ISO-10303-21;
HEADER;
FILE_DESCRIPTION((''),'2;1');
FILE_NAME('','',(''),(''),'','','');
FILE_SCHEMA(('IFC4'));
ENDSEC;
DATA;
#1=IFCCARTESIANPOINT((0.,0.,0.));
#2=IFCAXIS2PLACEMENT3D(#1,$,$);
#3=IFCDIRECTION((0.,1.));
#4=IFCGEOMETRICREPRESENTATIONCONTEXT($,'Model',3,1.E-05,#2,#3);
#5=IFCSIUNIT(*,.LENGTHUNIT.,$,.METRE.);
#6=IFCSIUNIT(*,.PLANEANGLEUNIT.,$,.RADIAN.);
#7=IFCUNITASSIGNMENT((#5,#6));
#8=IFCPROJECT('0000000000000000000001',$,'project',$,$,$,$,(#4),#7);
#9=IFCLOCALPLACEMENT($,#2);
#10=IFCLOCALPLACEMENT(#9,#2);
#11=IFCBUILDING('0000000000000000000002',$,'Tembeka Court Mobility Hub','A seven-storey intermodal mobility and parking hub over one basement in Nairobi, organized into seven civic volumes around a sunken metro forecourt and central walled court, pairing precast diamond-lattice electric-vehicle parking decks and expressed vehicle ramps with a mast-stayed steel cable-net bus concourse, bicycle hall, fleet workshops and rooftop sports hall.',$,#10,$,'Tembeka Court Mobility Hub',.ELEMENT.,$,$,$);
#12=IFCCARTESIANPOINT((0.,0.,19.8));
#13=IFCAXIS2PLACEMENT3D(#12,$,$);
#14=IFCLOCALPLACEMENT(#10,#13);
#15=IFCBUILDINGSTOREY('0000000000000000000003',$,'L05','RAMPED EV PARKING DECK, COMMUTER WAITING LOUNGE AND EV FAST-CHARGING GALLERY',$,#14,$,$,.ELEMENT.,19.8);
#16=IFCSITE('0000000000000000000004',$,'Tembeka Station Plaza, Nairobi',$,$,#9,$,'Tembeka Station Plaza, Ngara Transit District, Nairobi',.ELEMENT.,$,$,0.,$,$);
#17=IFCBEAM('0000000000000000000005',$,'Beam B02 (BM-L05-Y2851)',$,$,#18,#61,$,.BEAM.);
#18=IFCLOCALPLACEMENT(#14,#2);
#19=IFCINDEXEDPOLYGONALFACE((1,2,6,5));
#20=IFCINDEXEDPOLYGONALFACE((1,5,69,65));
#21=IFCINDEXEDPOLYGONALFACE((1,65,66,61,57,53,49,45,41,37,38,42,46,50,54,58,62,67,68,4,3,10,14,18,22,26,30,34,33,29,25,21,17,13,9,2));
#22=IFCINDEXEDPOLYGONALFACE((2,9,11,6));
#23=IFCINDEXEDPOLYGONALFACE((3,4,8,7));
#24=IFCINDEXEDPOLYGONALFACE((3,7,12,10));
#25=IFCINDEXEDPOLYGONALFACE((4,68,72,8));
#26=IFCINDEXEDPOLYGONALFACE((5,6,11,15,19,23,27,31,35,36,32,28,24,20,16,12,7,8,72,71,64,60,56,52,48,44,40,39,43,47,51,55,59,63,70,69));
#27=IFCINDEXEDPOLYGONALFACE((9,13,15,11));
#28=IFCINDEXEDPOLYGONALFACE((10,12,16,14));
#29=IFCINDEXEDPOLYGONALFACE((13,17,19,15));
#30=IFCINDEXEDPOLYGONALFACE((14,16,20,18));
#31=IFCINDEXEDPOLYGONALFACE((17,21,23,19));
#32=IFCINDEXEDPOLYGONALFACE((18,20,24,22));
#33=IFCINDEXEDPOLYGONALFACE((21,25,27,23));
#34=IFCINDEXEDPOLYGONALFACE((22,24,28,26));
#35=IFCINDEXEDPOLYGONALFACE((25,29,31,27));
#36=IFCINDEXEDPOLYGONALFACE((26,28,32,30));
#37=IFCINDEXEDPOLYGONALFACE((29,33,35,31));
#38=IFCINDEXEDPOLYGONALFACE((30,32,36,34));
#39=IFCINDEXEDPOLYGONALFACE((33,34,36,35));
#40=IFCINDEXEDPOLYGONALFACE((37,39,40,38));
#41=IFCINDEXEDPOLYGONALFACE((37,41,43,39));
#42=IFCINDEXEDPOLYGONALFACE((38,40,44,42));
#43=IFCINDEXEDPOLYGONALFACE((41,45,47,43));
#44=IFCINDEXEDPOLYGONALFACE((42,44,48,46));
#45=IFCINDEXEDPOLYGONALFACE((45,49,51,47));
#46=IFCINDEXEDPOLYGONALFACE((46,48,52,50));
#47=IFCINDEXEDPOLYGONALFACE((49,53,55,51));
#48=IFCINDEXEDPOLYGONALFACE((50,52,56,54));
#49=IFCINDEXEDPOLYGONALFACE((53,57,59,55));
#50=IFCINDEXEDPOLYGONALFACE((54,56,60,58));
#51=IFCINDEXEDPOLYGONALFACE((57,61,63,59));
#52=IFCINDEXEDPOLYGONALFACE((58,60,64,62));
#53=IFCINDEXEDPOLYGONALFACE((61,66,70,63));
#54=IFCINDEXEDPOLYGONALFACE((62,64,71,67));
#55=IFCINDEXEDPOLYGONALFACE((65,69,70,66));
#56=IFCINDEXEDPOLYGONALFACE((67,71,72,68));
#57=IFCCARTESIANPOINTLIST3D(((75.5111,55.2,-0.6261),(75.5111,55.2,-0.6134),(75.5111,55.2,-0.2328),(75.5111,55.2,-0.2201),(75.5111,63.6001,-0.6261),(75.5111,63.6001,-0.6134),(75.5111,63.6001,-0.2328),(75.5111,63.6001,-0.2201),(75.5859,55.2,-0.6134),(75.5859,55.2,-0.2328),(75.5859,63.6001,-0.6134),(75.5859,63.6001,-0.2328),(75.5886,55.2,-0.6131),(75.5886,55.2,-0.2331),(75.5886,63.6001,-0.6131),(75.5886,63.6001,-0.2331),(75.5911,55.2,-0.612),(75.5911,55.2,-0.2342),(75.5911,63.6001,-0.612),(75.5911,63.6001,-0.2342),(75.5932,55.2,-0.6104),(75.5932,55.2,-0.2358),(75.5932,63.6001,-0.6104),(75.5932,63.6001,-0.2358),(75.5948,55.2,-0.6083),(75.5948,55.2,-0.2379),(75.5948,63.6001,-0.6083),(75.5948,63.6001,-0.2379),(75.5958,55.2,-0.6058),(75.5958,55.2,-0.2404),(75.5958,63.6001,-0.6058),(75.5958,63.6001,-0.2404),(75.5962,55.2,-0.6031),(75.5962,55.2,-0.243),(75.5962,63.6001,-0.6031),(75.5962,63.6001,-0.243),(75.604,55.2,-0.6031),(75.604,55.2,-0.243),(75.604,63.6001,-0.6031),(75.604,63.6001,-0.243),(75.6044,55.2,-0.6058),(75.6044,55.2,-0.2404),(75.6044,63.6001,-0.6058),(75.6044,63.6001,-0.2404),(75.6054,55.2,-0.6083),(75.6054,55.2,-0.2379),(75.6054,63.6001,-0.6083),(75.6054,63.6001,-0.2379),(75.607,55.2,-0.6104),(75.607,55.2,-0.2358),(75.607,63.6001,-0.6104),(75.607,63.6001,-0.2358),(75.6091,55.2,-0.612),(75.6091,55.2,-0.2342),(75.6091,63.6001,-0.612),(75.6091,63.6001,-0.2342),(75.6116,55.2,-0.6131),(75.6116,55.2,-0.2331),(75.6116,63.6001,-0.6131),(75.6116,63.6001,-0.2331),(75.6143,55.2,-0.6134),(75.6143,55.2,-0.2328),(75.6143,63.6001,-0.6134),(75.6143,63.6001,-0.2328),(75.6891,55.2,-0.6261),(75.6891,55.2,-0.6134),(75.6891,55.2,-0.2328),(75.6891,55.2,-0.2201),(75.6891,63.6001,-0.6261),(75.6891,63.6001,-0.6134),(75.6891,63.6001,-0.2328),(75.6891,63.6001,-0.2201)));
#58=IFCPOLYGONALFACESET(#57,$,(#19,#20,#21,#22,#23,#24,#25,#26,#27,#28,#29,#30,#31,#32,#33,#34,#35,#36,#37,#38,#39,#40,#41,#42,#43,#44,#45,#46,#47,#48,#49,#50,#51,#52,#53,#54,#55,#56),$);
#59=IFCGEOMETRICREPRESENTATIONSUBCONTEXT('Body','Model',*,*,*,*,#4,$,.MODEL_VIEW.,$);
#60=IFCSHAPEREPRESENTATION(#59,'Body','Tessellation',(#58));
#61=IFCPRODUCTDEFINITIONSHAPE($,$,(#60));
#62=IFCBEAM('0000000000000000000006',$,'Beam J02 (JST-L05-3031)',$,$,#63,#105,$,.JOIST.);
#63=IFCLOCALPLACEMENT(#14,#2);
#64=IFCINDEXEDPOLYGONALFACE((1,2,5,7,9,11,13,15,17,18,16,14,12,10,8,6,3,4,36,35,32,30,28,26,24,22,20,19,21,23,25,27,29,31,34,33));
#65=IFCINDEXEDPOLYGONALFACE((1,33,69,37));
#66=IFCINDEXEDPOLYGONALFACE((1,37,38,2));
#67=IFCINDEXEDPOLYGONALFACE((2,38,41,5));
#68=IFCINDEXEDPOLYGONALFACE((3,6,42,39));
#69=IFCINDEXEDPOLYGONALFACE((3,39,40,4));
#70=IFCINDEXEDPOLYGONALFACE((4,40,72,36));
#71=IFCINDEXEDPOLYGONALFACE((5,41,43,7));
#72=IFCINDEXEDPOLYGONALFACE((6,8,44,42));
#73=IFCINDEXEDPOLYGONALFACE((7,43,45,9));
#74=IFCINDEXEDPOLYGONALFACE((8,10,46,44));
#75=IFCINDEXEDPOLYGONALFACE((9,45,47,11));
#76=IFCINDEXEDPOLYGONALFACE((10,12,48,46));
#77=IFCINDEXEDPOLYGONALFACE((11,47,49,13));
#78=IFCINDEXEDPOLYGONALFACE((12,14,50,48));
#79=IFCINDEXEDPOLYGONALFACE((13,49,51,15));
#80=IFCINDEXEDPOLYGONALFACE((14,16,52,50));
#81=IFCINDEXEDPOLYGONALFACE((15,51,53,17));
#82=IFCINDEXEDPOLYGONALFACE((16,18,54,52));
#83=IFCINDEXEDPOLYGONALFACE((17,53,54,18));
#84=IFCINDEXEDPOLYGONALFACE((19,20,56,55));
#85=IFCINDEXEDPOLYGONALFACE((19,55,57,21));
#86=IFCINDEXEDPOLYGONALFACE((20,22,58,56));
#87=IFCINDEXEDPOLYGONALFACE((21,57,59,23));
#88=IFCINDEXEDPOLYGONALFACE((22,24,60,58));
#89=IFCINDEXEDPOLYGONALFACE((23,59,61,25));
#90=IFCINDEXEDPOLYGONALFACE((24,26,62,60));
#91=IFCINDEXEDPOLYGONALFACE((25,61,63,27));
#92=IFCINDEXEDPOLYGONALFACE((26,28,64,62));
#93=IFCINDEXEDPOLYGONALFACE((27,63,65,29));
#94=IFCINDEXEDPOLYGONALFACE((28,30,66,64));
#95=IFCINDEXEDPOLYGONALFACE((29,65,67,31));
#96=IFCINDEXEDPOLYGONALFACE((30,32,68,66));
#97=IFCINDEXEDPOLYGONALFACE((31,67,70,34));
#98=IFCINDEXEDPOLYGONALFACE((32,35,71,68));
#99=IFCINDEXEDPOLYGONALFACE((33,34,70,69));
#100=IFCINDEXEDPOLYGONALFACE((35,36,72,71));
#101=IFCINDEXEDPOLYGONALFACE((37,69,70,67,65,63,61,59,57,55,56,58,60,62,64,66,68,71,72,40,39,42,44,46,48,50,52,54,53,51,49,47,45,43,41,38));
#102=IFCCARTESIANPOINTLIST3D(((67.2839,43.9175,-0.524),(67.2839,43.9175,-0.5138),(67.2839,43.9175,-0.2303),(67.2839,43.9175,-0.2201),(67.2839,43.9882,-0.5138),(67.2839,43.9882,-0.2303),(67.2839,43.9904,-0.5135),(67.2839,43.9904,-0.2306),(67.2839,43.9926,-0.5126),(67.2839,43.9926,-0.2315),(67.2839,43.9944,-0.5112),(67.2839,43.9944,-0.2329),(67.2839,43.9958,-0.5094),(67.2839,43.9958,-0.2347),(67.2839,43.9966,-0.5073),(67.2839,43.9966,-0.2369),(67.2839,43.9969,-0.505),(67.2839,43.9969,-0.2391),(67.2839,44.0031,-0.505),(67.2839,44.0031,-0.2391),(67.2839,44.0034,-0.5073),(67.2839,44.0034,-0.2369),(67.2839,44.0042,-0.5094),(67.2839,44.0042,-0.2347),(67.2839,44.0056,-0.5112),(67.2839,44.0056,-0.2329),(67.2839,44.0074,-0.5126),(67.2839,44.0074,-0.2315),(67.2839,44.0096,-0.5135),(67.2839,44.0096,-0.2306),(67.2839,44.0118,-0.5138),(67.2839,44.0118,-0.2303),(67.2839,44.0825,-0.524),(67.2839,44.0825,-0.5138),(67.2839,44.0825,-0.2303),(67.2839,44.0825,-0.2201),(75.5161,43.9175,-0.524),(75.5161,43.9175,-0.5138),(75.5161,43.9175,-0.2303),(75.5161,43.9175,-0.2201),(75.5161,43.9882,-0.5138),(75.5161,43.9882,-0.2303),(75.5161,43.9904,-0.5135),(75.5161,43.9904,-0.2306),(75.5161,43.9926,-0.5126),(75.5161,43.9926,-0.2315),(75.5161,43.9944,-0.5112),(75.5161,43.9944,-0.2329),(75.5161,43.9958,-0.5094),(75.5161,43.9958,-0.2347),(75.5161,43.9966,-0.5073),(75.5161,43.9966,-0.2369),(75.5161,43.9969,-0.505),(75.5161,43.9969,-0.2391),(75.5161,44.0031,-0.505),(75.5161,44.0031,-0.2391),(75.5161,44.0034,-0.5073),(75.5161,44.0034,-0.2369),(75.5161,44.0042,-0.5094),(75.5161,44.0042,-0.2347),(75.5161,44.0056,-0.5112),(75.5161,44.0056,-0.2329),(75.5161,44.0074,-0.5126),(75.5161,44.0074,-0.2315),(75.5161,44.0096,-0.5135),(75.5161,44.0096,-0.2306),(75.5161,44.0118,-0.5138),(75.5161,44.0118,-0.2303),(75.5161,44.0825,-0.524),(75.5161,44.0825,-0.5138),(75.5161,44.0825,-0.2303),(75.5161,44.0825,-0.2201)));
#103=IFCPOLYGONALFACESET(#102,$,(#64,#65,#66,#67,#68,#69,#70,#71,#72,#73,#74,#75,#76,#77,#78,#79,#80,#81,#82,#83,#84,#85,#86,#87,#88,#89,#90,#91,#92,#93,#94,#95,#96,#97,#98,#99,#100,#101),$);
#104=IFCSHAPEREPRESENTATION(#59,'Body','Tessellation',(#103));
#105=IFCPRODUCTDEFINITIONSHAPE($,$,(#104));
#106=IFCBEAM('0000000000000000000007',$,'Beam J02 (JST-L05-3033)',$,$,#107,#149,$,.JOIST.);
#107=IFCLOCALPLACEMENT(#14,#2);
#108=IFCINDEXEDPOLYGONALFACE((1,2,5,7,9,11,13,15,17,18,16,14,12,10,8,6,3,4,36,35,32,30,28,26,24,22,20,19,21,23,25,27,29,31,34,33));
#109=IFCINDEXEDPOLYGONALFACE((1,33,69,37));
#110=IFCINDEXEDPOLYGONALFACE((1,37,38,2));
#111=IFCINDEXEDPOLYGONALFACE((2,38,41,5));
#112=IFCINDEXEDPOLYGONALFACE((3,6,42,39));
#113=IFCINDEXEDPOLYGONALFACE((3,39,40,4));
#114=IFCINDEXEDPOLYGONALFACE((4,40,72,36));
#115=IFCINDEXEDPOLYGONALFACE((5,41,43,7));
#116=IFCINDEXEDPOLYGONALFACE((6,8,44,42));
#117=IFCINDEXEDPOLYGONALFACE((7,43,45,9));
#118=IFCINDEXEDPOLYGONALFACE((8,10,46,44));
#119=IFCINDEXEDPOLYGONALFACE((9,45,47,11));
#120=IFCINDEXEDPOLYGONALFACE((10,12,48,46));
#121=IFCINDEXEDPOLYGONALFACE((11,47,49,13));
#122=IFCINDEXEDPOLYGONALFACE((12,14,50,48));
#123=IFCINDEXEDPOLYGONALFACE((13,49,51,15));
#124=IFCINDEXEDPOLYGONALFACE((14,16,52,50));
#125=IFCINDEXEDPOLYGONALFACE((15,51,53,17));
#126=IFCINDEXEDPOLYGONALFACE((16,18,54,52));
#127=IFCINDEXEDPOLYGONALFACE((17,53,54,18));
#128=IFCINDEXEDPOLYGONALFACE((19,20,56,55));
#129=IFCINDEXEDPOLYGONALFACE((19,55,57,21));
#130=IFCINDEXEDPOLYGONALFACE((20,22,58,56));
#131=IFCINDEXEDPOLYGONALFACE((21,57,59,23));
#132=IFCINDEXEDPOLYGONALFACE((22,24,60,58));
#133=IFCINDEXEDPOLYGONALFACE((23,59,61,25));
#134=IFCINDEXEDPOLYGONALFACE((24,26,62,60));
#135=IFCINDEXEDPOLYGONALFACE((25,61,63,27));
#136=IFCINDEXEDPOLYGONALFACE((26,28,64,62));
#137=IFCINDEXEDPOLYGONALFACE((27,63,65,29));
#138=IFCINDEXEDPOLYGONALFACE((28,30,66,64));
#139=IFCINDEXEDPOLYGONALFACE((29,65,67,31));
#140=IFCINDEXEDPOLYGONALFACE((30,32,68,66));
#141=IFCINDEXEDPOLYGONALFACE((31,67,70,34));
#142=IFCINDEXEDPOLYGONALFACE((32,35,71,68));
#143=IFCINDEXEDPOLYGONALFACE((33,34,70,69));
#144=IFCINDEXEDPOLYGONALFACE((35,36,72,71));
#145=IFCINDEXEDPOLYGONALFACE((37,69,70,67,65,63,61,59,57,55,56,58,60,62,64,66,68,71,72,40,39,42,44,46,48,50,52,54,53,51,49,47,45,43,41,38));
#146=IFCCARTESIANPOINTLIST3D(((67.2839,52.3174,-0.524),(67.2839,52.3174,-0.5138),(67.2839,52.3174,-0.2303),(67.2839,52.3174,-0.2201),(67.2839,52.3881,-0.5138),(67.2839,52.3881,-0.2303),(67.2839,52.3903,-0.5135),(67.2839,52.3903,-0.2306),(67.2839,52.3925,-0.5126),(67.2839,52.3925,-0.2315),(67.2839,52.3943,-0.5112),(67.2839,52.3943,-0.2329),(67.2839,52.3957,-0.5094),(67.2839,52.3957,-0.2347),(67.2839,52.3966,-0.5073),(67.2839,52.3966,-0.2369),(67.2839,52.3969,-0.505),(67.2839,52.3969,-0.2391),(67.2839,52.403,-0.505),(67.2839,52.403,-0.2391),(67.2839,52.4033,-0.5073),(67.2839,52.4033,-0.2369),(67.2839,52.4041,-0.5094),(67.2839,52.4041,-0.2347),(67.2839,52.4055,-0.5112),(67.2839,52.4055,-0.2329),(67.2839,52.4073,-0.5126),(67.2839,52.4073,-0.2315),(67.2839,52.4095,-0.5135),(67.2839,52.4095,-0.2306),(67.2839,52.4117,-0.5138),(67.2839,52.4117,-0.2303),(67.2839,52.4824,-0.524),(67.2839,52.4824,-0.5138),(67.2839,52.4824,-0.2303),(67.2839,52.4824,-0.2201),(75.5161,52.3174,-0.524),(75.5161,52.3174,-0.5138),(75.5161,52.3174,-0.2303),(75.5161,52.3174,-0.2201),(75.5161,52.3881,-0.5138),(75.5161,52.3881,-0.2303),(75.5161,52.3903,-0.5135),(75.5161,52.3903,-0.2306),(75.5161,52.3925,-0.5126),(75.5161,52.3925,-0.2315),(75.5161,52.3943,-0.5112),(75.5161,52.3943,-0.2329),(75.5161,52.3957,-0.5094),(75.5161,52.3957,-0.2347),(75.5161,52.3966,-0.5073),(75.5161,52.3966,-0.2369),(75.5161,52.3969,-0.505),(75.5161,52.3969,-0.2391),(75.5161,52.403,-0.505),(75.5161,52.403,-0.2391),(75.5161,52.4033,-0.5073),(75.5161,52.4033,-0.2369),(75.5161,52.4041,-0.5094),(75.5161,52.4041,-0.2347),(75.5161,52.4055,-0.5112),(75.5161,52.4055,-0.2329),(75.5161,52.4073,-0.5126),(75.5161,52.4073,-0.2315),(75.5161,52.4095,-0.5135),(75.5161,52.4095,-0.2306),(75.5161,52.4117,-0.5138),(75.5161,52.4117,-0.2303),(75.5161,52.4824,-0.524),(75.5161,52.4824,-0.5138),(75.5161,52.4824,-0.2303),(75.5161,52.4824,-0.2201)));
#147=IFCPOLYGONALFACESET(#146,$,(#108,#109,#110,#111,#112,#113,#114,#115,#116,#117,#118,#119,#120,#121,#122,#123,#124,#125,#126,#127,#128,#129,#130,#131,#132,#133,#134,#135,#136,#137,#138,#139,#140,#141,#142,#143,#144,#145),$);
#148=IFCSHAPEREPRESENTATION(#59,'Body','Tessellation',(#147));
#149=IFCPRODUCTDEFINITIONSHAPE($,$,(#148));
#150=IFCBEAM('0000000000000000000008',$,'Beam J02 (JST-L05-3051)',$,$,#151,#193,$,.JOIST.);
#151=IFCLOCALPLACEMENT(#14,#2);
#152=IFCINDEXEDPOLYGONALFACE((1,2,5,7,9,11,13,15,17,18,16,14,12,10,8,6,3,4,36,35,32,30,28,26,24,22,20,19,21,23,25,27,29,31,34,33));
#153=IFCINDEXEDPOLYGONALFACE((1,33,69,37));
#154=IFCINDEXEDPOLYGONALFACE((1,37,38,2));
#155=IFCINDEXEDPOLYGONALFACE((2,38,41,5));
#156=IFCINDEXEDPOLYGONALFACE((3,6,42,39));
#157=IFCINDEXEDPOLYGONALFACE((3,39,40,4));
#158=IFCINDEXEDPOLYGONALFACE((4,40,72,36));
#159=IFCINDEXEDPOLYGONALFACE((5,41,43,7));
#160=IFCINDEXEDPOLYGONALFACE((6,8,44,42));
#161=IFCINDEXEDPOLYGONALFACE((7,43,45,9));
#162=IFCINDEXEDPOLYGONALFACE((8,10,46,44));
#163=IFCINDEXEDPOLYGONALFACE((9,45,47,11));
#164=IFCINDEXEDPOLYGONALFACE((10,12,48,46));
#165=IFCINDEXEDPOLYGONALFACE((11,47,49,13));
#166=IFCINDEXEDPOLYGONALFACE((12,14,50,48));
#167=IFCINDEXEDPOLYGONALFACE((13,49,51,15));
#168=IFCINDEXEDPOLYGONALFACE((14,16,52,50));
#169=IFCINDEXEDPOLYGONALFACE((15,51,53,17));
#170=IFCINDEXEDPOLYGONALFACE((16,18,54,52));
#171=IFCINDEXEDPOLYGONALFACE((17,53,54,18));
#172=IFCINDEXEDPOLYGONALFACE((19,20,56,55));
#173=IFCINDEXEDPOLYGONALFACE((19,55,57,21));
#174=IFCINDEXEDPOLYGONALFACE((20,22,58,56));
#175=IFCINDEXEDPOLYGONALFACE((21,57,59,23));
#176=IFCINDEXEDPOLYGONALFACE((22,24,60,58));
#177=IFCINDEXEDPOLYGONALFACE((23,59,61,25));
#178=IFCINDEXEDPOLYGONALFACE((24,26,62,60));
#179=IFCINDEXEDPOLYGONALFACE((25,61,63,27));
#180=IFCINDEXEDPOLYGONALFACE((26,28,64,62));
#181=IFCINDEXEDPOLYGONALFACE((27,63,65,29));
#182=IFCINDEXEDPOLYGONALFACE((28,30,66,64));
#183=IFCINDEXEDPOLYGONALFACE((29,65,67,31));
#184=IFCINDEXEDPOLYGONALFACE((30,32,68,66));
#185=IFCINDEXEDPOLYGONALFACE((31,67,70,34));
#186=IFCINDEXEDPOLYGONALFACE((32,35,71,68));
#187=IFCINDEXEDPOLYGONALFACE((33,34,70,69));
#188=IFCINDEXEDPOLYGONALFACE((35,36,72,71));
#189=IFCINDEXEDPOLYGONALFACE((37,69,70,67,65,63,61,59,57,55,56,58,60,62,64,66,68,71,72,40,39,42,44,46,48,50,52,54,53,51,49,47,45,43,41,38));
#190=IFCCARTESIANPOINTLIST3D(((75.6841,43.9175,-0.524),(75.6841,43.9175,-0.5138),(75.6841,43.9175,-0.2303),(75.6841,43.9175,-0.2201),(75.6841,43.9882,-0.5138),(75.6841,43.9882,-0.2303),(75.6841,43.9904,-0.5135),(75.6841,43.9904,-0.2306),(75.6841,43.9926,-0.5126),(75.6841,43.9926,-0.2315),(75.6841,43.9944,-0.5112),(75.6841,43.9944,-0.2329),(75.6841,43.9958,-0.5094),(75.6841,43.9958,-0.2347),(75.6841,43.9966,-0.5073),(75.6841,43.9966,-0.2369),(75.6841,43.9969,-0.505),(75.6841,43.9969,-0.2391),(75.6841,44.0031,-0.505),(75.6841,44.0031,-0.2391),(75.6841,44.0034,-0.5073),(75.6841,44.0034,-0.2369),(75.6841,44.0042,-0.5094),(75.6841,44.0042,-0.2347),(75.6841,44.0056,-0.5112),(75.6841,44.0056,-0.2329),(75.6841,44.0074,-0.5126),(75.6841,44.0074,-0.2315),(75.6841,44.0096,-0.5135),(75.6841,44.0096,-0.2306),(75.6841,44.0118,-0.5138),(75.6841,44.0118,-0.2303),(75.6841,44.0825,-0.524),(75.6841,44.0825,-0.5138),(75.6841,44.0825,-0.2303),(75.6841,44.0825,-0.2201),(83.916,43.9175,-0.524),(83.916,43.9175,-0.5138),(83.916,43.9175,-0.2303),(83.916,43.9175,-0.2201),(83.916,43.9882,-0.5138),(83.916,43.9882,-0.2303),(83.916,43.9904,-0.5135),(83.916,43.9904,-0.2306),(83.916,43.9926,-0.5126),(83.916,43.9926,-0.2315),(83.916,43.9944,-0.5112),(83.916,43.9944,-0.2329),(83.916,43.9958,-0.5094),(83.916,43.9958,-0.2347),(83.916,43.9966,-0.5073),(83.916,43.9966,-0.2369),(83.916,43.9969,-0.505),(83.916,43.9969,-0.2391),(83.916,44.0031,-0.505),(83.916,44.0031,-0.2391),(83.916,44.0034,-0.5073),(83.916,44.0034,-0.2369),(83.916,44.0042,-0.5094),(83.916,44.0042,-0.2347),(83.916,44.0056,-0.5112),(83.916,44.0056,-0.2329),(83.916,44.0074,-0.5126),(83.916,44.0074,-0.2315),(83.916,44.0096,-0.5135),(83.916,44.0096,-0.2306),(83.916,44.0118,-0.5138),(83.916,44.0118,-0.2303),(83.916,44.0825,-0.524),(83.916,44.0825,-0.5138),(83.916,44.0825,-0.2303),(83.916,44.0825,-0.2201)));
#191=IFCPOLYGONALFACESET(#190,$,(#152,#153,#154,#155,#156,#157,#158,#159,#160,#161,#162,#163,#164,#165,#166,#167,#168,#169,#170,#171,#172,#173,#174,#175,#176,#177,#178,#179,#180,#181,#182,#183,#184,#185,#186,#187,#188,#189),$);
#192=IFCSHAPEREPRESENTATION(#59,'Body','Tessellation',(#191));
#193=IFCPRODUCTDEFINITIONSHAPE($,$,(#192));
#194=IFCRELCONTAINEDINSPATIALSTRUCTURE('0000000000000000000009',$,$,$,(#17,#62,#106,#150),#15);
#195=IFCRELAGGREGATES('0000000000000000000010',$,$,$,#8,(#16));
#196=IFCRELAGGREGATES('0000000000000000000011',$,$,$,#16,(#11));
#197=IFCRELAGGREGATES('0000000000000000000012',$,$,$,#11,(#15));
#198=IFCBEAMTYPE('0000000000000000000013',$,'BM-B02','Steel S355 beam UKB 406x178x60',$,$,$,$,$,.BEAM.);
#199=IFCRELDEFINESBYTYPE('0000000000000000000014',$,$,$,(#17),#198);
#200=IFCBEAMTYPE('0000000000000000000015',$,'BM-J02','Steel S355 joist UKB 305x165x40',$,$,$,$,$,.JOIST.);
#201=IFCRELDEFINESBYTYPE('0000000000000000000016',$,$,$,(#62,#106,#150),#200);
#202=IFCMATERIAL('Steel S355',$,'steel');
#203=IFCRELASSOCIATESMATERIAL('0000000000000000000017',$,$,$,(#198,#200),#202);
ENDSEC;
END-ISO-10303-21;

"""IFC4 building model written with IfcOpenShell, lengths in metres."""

from ifc_helpers import new_model, si_unit, direction, frame, origin, origin_2d, place, context, subcontext, project, spatial, i_section, extrude, material, material_profile, profile_set, type_object, element, save


model = new_model("IFC4")

# Units and contexts
model_context = context("Model", 3, precision=1e-05, world=origin(), true_north=direction((0.0, 1.0)))
body_context = subcontext(model_context, "Body", "Model", "MODEL_VIEW")
ifc_project = project(units=[si_unit("LENGTHUNIT", "METRE"), si_unit("PLANEANGLEUNIT", "RADIAN")], contexts=[model_context])

# Site, building, storey
site_placement = place(None, origin())
site = spatial("IfcSite", under=ifc_project, at=site_placement, Name="Tembeka Station Plaza, Nairobi", LongName="Tembeka Station Plaza, Ngara Transit District, Nairobi", CompositionType="ELEMENT", RefElevation=0.0)
building_placement = place(site_placement, origin())
building = spatial("IfcBuilding", under=site, at=building_placement, Name="Tembeka Court Mobility Hub", Description="A seven-storey intermodal mobility and parking hub over one basement in Nairobi, organized into seven civic volumes around a sunken metro forecourt and central walled court, pairing precast diamond-lattice electric-vehicle parking decks and expressed vehicle ramps with a mast-stayed steel cable-net bus concourse, bicycle hall, fleet workshops and rooftop sports hall.", LongName="Tembeka Court Mobility Hub", CompositionType="ELEMENT")
storey_placement = place(building_placement, frame((0.0, 0.0, 19.8)))
storey = spatial("IfcBuildingStorey", under=building, at=storey_placement, Name="L05", Description="RAMPED EV PARKING DECK, COMMUTER WAITING LOUNGE AND EV FAST-CHARGING GALLERY", CompositionType="ELEMENT", Elevation=19.8)

# Shared definitions
ifc_material_1 = material(Name="Steel S355", Category="steel")

# Beams
ifc_material_profile_1 = material_profile(ifc_material_1, i_section(OverallWidth=0.178, OverallDepth=0.406, WebThickness=0.0078, FlangeThickness=0.0127, FilletRadius=0.0103, at=origin_2d()), Name="UKB 406x178x60")
ifc_profile_set_1 = profile_set([ifc_material_profile_1], Name="Steel S355")
beam_type_1 = type_object("IfcBeamType", Name="BM-B02", Description="Steel S355 beam UKB 406x178x60", PredefinedType="BEAM", material=ifc_profile_set_1)
beam_1_placement = place(storey_placement, frame((75.6001, 55.2, -0.4231), z_axis=(0.0, 1.0, 0.0), x_axis=(-1.0, 0.0, 0.0)))
element("IfcBeam", 1, at=beam_1_placement, inside=storey, type_object=beam_type_1, Name="Beam B02 (BM-L05-Y2851)", PredefinedType="BEAM", context=body_context, shape_type="SweptSolid", body=[
    extrude(i_section(OverallWidth=0.178, OverallDepth=0.406, WebThickness=0.0078, FlangeThickness=0.0127, FilletRadius=0.0103, at=origin_2d()), origin(), (0.0, 0.0, 1.0), 8.4001),
])
ifc_material_profile_2 = material_profile(ifc_material_1, i_section(OverallWidth=0.165, OverallDepth=0.304, WebThickness=0.0061, FlangeThickness=0.0103, FilletRadius=0.0088, at=origin_2d()), Name="UKB 305x165x40")
ifc_profile_set_2 = profile_set([ifc_material_profile_2], Name="Steel S355")
beam_type_2 = type_object("IfcBeamType", Name="BM-J02", Description="Steel S355 joist UKB 305x165x40", PredefinedType="JOIST", material=ifc_profile_set_2)
for number, where, z_axis, x_axis, name in (
    (2, (67.2839, 44.0, -0.3721), (1.0, 0.0, 0.0), (0.0, 1.0, 0.0), "Beam J02 (JST-L05-3031)"),
    (3, (67.2839, 52.3999, -0.3721), (1.0, 0.0, 0.0), (0.0, 1.0, 0.0), "Beam J02 (JST-L05-3033)"),
):
    element("IfcBeam", number, at=place(storey_placement, frame(where, z_axis=z_axis, x_axis=x_axis)), inside=storey, type_object=beam_type_2, Name=name, PredefinedType="JOIST", context=body_context, shape_type="SweptSolid", body=[
        extrude(i_section(OverallWidth=0.165, OverallDepth=0.304, WebThickness=0.0061, FlangeThickness=0.0103, FilletRadius=0.0088, at=origin_2d()), origin(), (0.0, 0.0, 1.0), 8.2322),
    ])
for number, where, z_axis, x_axis, name in (
    (4, (75.6841, 44.0, -0.3721), (1.0, 0.0, 0.0), (0.0, 1.0, 0.0), "Beam J02 (JST-L05-3051)"),
):
    element("IfcBeam", number, at=place(storey_placement, frame(where, z_axis=z_axis, x_axis=x_axis)), inside=storey, type_object=beam_type_2, Name=name, PredefinedType="JOIST", context=body_context, shape_type="SweptSolid", body=[
        extrude(i_section(OverallWidth=0.165, OverallDepth=0.304, WebThickness=0.0061, FlangeThickness=0.0103, FilletRadius=0.0088, at=origin_2d()), origin(), (0.0, 0.0, 1.0), 8.2319),
    ])

save(model, "model.ifc")
